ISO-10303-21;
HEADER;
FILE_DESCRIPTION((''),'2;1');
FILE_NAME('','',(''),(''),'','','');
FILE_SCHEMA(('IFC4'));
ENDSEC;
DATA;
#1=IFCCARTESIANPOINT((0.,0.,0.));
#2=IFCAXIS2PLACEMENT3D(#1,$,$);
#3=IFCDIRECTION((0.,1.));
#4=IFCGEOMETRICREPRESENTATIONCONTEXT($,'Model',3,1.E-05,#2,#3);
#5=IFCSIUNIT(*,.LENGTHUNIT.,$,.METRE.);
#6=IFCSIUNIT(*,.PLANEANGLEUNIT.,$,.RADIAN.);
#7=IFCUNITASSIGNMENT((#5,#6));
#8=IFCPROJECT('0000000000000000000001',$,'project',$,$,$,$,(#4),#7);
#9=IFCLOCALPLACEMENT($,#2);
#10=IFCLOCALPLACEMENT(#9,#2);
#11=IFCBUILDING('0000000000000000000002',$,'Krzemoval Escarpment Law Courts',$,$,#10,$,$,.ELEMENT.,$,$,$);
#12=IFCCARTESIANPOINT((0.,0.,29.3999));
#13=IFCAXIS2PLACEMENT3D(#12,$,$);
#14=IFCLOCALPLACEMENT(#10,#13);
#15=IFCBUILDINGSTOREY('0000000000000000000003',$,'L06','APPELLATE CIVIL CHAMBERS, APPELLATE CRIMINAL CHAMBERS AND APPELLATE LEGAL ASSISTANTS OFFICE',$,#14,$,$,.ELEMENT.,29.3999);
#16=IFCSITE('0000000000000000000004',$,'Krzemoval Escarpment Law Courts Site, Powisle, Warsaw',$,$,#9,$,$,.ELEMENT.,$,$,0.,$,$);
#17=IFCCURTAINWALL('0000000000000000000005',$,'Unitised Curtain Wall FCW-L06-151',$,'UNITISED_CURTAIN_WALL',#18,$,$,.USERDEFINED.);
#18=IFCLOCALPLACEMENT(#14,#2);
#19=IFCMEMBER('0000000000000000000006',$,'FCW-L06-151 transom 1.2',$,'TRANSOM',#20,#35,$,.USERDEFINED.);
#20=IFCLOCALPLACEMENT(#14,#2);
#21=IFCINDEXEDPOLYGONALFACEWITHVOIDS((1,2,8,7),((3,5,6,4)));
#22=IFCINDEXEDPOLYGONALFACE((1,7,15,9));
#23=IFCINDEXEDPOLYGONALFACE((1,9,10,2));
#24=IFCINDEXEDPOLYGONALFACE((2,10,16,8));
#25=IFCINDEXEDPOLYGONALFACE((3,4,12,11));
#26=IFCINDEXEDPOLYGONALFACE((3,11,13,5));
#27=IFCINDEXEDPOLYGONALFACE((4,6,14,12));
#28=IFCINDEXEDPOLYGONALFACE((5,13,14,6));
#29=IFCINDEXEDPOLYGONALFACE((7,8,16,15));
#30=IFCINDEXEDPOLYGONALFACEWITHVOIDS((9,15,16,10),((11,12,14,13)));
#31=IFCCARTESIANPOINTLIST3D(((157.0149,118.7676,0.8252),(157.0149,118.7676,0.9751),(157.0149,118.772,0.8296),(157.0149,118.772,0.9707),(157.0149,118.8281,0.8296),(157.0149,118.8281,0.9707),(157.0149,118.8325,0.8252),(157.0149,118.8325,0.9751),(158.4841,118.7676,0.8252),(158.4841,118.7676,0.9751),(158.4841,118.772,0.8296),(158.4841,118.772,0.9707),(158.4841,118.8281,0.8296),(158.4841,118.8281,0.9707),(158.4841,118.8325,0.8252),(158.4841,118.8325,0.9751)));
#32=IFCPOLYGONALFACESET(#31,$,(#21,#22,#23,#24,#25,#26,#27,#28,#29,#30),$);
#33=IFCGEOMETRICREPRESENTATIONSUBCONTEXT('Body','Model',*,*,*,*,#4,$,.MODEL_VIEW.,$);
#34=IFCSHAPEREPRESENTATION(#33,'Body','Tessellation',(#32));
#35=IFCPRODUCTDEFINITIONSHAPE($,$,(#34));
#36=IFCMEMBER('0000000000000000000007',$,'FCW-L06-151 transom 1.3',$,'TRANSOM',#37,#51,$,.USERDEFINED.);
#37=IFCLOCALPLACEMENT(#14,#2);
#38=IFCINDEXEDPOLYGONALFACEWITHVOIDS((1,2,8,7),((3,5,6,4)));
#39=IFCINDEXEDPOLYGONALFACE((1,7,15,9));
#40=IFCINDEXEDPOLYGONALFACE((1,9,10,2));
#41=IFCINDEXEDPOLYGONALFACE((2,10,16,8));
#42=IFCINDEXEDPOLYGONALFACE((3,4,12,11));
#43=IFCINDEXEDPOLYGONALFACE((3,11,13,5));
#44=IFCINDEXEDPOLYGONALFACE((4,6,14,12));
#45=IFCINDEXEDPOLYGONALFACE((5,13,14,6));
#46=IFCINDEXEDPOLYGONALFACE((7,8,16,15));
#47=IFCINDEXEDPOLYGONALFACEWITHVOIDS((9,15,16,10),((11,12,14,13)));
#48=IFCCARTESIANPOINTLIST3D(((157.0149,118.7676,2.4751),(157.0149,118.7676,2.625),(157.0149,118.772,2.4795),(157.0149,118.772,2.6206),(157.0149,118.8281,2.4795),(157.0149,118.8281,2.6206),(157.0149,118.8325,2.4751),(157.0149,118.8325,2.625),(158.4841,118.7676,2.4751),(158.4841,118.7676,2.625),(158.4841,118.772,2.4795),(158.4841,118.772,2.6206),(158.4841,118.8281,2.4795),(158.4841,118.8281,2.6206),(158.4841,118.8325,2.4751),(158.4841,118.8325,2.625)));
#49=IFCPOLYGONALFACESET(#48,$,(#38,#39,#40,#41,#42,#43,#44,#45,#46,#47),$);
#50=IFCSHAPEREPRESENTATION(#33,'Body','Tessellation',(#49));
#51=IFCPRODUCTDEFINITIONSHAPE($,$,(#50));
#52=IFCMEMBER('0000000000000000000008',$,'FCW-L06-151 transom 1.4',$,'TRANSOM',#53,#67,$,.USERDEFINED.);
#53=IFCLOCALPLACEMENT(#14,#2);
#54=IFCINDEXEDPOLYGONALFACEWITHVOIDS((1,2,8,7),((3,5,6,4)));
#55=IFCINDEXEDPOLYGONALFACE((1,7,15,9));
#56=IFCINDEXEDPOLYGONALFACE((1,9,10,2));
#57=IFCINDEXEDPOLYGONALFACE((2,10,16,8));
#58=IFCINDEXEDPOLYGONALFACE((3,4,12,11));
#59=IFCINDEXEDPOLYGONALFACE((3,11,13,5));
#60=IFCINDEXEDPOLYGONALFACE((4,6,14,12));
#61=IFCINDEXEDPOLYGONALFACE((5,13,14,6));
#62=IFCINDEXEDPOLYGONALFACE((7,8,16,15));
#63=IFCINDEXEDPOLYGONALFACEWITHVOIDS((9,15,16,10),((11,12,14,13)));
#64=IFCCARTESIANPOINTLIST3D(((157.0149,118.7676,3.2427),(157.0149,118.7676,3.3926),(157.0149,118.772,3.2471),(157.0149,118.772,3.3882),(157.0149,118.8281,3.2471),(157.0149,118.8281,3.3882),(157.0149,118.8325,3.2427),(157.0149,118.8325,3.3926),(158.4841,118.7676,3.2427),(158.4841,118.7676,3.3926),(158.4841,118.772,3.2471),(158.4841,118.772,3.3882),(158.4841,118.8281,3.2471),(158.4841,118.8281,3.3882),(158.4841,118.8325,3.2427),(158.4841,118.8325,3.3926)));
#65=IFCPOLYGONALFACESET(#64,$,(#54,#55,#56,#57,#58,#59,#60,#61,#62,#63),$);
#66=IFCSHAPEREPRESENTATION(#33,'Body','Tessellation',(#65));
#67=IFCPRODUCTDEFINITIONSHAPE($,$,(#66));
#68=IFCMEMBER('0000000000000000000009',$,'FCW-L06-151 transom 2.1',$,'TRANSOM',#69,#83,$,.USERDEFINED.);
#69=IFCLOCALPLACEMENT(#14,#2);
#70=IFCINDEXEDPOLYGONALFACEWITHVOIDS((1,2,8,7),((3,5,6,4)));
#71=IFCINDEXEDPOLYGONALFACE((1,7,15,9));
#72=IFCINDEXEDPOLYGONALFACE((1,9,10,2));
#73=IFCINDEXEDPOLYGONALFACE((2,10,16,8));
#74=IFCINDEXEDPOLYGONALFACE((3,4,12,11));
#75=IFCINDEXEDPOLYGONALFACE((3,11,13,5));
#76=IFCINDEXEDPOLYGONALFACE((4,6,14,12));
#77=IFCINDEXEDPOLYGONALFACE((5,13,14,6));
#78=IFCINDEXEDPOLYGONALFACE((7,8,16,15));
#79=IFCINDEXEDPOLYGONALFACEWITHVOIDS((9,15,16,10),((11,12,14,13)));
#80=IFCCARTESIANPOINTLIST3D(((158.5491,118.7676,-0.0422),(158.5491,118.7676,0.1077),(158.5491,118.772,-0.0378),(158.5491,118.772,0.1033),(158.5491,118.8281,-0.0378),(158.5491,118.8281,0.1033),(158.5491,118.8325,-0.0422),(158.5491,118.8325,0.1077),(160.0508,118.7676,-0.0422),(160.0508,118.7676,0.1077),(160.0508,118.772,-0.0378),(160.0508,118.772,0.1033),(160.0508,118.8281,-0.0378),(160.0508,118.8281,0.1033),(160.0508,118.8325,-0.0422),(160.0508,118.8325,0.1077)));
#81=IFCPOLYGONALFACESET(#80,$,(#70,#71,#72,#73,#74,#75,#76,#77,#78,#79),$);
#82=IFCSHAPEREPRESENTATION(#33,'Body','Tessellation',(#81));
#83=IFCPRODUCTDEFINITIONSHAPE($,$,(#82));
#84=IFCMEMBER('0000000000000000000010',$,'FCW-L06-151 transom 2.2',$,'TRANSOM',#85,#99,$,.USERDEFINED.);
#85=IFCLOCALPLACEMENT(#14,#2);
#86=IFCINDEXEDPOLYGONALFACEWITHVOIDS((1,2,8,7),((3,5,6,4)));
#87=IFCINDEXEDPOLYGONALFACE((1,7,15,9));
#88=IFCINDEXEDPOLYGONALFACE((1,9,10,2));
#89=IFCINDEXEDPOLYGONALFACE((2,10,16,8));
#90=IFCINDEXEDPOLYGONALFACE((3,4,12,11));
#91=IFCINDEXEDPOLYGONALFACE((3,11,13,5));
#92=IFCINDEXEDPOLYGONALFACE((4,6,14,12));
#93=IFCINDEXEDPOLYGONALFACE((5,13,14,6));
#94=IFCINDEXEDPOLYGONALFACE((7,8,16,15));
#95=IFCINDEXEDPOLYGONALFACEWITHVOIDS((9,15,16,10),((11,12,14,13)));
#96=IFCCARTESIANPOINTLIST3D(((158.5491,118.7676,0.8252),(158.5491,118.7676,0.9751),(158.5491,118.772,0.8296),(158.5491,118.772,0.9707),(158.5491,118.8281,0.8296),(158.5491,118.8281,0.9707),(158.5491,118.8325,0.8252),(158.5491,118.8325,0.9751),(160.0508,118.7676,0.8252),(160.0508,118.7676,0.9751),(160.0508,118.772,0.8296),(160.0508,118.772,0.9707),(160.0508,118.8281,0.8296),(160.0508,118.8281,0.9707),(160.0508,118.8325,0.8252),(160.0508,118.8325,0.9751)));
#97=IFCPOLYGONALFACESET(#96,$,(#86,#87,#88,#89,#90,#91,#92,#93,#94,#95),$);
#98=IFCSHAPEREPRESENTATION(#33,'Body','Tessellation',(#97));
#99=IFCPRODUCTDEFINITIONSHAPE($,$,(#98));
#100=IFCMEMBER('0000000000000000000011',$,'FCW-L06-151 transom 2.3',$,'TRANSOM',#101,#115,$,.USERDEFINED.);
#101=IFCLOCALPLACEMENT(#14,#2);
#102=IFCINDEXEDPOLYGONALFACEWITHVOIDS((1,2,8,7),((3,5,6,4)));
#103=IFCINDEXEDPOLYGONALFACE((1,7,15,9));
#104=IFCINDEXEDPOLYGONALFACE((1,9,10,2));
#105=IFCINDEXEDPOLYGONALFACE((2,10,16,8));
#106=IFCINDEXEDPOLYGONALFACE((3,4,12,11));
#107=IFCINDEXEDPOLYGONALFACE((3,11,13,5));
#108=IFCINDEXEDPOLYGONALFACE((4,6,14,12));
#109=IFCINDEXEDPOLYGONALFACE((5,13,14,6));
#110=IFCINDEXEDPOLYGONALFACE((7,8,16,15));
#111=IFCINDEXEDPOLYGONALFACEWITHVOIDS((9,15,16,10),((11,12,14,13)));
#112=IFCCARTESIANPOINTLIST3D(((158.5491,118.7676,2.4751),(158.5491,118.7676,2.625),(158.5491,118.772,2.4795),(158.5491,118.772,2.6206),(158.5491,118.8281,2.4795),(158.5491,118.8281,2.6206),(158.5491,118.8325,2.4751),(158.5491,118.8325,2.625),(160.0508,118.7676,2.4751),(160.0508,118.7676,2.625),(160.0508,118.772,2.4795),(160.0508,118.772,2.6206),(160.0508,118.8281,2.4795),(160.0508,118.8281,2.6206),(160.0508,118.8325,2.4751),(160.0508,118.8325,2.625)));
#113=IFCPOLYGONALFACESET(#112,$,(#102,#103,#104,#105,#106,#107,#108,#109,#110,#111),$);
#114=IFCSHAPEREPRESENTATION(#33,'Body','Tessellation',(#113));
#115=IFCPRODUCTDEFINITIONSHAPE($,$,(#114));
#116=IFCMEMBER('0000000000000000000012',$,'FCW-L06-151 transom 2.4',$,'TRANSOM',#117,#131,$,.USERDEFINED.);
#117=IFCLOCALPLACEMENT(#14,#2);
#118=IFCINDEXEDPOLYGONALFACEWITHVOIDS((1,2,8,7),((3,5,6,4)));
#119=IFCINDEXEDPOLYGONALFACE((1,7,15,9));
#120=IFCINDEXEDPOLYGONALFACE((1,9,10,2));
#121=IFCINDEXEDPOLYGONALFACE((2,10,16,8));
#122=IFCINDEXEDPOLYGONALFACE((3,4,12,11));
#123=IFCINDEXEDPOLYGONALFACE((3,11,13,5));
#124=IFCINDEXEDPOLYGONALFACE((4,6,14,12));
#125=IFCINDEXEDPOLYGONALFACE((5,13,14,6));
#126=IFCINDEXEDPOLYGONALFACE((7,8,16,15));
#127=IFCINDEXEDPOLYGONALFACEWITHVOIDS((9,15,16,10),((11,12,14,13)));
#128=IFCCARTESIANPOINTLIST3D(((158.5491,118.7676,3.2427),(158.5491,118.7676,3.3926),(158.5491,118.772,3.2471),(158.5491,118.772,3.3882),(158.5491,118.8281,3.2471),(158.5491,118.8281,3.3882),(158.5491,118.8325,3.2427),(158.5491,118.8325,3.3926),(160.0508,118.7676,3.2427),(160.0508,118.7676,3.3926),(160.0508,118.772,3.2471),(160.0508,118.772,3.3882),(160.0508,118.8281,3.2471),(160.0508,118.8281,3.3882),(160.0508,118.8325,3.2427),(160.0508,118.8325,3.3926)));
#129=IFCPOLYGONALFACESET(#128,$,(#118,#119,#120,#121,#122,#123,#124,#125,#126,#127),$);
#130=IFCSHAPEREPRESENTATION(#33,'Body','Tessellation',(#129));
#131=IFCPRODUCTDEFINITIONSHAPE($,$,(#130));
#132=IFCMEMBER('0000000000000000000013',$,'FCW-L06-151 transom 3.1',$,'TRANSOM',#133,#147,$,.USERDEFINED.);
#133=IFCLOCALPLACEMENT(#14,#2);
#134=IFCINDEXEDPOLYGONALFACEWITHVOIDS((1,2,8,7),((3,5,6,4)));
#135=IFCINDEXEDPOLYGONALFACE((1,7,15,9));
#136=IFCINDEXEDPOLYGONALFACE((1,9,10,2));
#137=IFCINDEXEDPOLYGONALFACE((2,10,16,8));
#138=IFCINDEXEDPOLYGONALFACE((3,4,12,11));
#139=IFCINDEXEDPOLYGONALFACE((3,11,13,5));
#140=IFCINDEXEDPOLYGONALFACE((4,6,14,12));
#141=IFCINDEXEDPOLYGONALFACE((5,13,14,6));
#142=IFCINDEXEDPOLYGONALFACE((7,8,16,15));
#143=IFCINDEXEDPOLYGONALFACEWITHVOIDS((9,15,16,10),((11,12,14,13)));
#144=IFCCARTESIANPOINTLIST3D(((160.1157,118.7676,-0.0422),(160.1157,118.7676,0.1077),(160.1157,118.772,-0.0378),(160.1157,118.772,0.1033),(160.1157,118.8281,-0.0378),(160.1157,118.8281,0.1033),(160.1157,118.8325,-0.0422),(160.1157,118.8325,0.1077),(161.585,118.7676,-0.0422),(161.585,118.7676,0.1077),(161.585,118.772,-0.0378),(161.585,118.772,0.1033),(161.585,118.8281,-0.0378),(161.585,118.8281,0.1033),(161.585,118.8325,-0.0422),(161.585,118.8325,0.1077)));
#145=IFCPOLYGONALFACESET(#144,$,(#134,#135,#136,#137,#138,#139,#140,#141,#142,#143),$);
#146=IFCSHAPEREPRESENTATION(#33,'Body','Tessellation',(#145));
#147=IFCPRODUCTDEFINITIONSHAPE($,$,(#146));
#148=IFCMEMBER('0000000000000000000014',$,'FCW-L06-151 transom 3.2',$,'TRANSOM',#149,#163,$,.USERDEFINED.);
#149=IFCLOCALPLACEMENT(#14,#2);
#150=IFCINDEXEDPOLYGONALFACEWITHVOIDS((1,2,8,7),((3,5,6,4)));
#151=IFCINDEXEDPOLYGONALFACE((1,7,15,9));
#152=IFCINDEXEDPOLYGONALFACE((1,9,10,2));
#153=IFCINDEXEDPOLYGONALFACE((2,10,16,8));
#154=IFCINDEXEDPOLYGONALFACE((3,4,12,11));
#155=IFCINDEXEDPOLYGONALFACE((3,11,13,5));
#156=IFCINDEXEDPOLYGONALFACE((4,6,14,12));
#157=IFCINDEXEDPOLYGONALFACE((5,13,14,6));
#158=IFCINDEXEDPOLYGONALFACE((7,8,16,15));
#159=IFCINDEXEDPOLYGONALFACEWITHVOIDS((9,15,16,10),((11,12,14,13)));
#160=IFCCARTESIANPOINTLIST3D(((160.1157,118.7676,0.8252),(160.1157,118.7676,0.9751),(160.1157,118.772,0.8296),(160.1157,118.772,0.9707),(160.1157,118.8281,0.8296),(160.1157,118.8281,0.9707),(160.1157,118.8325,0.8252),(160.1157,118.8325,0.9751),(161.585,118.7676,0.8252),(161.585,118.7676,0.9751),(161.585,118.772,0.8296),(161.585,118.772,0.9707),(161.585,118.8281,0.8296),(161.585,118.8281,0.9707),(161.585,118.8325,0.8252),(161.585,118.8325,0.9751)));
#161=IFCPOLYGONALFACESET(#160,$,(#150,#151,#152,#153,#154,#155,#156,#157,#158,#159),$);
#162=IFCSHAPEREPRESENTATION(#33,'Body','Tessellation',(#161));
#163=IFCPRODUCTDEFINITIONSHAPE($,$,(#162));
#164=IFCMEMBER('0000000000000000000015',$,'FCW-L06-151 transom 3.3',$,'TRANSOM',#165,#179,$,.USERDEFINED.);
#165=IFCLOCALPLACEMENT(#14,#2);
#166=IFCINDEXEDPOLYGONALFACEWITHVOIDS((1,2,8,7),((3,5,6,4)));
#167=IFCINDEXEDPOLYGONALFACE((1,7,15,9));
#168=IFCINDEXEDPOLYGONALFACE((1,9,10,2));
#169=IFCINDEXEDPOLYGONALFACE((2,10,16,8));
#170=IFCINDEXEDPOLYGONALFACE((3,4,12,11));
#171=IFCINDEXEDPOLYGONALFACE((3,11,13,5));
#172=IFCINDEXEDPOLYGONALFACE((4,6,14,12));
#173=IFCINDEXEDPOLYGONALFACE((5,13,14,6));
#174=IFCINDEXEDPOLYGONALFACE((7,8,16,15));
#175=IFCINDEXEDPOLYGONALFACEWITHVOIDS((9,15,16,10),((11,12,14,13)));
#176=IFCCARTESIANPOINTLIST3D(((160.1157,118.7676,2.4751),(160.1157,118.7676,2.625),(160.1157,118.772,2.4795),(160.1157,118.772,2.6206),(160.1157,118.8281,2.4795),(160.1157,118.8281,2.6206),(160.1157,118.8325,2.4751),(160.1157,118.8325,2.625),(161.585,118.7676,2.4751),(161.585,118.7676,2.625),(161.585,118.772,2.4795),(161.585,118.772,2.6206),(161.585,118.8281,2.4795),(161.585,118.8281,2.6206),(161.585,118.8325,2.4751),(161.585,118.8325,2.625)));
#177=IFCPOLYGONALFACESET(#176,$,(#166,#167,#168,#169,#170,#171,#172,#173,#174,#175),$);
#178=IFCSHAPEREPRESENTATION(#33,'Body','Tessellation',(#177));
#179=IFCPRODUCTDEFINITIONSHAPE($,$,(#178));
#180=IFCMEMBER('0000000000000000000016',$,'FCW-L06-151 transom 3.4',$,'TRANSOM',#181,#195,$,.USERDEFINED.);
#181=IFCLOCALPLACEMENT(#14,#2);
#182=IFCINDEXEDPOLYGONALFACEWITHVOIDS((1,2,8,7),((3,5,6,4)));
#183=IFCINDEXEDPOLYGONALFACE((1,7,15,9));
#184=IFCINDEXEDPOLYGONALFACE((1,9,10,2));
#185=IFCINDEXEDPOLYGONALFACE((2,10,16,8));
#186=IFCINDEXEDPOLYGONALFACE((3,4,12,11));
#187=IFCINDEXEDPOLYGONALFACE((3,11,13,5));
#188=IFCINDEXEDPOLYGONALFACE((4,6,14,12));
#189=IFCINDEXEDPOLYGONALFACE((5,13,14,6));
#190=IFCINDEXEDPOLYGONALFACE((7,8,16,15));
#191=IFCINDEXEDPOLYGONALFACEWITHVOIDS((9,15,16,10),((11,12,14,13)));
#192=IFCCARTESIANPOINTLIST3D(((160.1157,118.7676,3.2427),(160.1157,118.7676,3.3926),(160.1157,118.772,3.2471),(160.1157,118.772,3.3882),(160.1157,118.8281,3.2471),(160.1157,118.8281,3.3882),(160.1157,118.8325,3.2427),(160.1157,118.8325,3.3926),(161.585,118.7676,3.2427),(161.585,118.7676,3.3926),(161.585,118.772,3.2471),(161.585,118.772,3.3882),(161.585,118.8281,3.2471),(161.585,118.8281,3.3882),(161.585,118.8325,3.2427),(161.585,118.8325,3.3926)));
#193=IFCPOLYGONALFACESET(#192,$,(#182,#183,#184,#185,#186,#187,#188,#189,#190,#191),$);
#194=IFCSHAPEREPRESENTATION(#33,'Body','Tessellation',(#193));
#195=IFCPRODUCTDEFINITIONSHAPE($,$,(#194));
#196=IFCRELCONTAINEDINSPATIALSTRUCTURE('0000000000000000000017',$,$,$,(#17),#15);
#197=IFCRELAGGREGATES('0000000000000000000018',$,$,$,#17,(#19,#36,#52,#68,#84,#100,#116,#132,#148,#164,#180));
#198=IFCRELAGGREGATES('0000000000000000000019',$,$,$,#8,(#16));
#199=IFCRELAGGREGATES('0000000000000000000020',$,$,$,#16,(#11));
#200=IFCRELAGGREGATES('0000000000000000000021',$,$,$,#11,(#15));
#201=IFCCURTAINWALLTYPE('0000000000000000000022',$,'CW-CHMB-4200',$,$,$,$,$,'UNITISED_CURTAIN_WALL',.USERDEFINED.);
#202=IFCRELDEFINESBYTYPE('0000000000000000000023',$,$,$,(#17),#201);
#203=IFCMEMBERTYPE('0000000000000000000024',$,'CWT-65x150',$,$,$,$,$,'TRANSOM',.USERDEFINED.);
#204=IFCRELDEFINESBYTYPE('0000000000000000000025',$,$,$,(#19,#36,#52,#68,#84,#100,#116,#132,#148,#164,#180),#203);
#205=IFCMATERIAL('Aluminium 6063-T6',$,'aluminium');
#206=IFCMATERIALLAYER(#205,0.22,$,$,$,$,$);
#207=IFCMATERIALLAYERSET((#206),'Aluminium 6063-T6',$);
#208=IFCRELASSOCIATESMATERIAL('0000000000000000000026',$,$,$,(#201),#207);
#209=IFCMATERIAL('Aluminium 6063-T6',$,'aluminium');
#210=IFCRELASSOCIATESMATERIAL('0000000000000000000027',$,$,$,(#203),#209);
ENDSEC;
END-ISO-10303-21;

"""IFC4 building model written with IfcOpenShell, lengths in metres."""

from ifc_helpers import new_model, si_unit, direction, frame, origin, origin_2d, place, context, subcontext, project, spatial, hollow_rectangle, extrude, material, layer, layer_set, material_profile, profile_set, type_object, element, aggregate, save


model = new_model("IFC4")

# Units and contexts
model_context = context("Model", 3, precision=1e-05, world=origin(), true_north=direction((0.0, 1.0)))
body_context = subcontext(model_context, "Body", "Model", "MODEL_VIEW")
ifc_project = project(units=[si_unit("LENGTHUNIT", "METRE"), si_unit("PLANEANGLEUNIT", "RADIAN")], contexts=[model_context])

# Site, building, storey
site_placement = place(None, origin())
site = spatial("IfcSite", under=ifc_project, at=site_placement, Name="Krzemoval Escarpment Law Courts Site, Powisle, Warsaw", CompositionType="ELEMENT", RefElevation=0.0)
building_placement = place(site_placement, origin())
building = spatial("IfcBuilding", under=site, at=building_placement, Name="Krzemoval Escarpment Law Courts", CompositionType="ELEMENT")
storey_placement = place(building_placement, frame((0.0, 0.0, 29.3999)))
storey = spatial("IfcBuildingStorey", under=building, at=storey_placement, Name="L06", Description="APPELLATE CIVIL CHAMBERS, APPELLATE CRIMINAL CHAMBERS AND APPELLATE LEGAL ASSISTANTS OFFICE", CompositionType="ELEMENT", Elevation=29.3999)

# Shared definitions
ifc_material_1 = material(Name="Aluminium 6063-T6", Category="aluminium")
ifc_layer_1 = layer(ifc_material_1, 0.22)
ifc_layer_set_1 = layer_set([ifc_layer_1], Name="Aluminium 6063-T6")
curtain_wall_type = type_object("IfcCurtainWallType", Name="CW-CHMB-4200", ElementType="UNITISED_CURTAIN_WALL", PredefinedType="USERDEFINED", material=ifc_layer_set_1)

# Curtain wall
curtain_wall_1_placement = place(storey_placement, origin())
curtain_wall_1 = element("IfcCurtainWall", 1, at=curtain_wall_1_placement, inside=storey, type_object=curtain_wall_type, Name="Unitised Curtain Wall FCW-L06-151", ObjectType="UNITISED_CURTAIN_WALL", PredefinedType="USERDEFINED")

# Members
ifc_material_2 = material(Name="Aluminium 6063-T6", Category="aluminium")
ifc_material_profile_1 = material_profile(ifc_material_2, hollow_rectangle(XDim=0.0649, YDim=0.1499, WallThickness=0.0044, at=origin_2d()), Name="ALU T65x150")
ifc_profile_set_1 = profile_set([ifc_material_profile_1], Name="Aluminium 6063-T6")
member_type_1 = type_object("IfcMemberType", Name="CWT-65x150", ElementType="TRANSOM", PredefinedType="USERDEFINED", material=ifc_profile_set_1)
member_1_placement = place(storey_placement, frame((157.0149, 118.8, 0.9001), z_axis=(1.0, 0.0, 0.0), x_axis=(0.0, 1.0, 0.0)))
member_1 = element("IfcMember", 2, at=member_1_placement, type_object=member_type_1, Name="FCW-L06-151 transom 1.2", ObjectType="TRANSOM", PredefinedType="USERDEFINED", context=body_context, shape_type="SweptSolid", body=[
    extrude(hollow_rectangle(XDim=0.0649, YDim=0.1499, WallThickness=0.0044, at=origin_2d()), origin(), (0.0, 0.0, 1.0), 1.4692),
])
member_2_placement = place(storey_placement, frame((157.0149, 118.8, 2.55), z_axis=(1.0, 0.0, 0.0), x_axis=(0.0, 1.0, 0.0)))
member_2 = element("IfcMember", 3, at=member_2_placement, type_object=member_type_1, Name="FCW-L06-151 transom 1.3", ObjectType="TRANSOM", PredefinedType="USERDEFINED", context=body_context, shape_type="SweptSolid", body=[
    extrude(hollow_rectangle(XDim=0.0649, YDim=0.1499, WallThickness=0.0044, at=origin_2d()), origin(), (0.0, 0.0, 1.0), 1.4692),
])
member_3_placement = place(storey_placement, frame((157.0149, 118.8, 3.3176), z_axis=(1.0, 0.0, 0.0), x_axis=(0.0, 1.0, 0.0)))
member_3 = element("IfcMember", 4, at=member_3_placement, type_object=member_type_1, Name="FCW-L06-151 transom 1.4", ObjectType="TRANSOM", PredefinedType="USERDEFINED", context=body_context, shape_type="SweptSolid", body=[
    extrude(hollow_rectangle(XDim=0.0649, YDim=0.1499, WallThickness=0.0044, at=origin_2d()), origin(), (0.0, 0.0, 1.0), 1.4692),
])
member_4_placement = place(storey_placement, frame((158.5491, 118.8, 0.0327), z_axis=(1.0, 0.0, 0.0), x_axis=(0.0, 1.0, 0.0)))
member_4 = element("IfcMember", 5, at=member_4_placement, type_object=member_type_1, Name="FCW-L06-151 transom 2.1", ObjectType="TRANSOM", PredefinedType="USERDEFINED", context=body_context, shape_type="SweptSolid", body=[
    extrude(hollow_rectangle(XDim=0.0649, YDim=0.1499, WallThickness=0.0044, at=origin_2d()), origin(), (0.0, 0.0, 1.0), 1.5017),
])
member_5_placement = place(storey_placement, frame((158.5491, 118.8, 0.9001), z_axis=(1.0, 0.0, 0.0), x_axis=(0.0, 1.0, 0.0)))
member_5 = element("IfcMember", 6, at=member_5_placement, type_object=member_type_1, Name="FCW-L06-151 transom 2.2", ObjectType="TRANSOM", PredefinedType="USERDEFINED", context=body_context, shape_type="SweptSolid", body=[
    extrude(hollow_rectangle(XDim=0.0649, YDim=0.1499, WallThickness=0.0044, at=origin_2d()), origin(), (0.0, 0.0, 1.0), 1.5017),
])
member_6_placement = place(storey_placement, frame((158.5491, 118.8, 2.55), z_axis=(1.0, 0.0, 0.0), x_axis=(0.0, 1.0, 0.0)))
member_6 = element("IfcMember", 7, at=member_6_placement, type_object=member_type_1, Name="FCW-L06-151 transom 2.3", ObjectType="TRANSOM", PredefinedType="USERDEFINED", context=body_context, shape_type="SweptSolid", body=[
    extrude(hollow_rectangle(XDim=0.0649, YDim=0.1499, WallThickness=0.0044, at=origin_2d()), origin(), (0.0, 0.0, 1.0), 1.5017),
])
member_7_placement = place(storey_placement, frame((158.5491, 118.8, 3.3176), z_axis=(1.0, 0.0, 0.0), x_axis=(0.0, 1.0, 0.0)))
member_7 = element("IfcMember", 8, at=member_7_placement, type_object=member_type_1, Name="FCW-L06-151 transom 2.4", ObjectType="TRANSOM", PredefinedType="USERDEFINED", context=body_context, shape_type="SweptSolid", body=[
    extrude(hollow_rectangle(XDim=0.0649, YDim=0.1499, WallThickness=0.0044, at=origin_2d()), origin(), (0.0, 0.0, 1.0), 1.5017),
])
member_8_placement = place(storey_placement, frame((160.1157, 118.8, 0.0327), z_axis=(1.0, 0.0, 0.0), x_axis=(0.0, 1.0, 0.0)))
member_8 = element("IfcMember", 9, at=member_8_placement, type_object=member_type_1, Name="FCW-L06-151 transom 3.1", ObjectType="TRANSOM", PredefinedType="USERDEFINED", context=body_context, shape_type="SweptSolid", body=[
    extrude(hollow_rectangle(XDim=0.0649, YDim=0.1499, WallThickness=0.0044, at=origin_2d()), origin(), (0.0, 0.0, 1.0), 1.4692),
])
member_9_placement = place(storey_placement, frame((160.1157, 118.8, 0.9001), z_axis=(1.0, 0.0, 0.0), x_axis=(0.0, 1.0, 0.0)))
member_9 = element("IfcMember", 10, at=member_9_placement, type_object=member_type_1, Name="FCW-L06-151 transom 3.2", ObjectType="TRANSOM", PredefinedType="USERDEFINED", context=body_context, shape_type="SweptSolid", body=[
    extrude(hollow_rectangle(XDim=0.0649, YDim=0.1499, WallThickness=0.0044, at=origin_2d()), origin(), (0.0, 0.0, 1.0), 1.4692),
])
member_10_placement = place(storey_placement, frame((160.1157, 118.8, 2.55), z_axis=(1.0, 0.0, 0.0), x_axis=(0.0, 1.0, 0.0)))
member_10 = element("IfcMember", 11, at=member_10_placement, type_object=member_type_1, Name="FCW-L06-151 transom 3.3", ObjectType="TRANSOM", PredefinedType="USERDEFINED", context=body_context, shape_type="SweptSolid", body=[
    extrude(hollow_rectangle(XDim=0.0649, YDim=0.1499, WallThickness=0.0044, at=origin_2d()), origin(), (0.0, 0.0, 1.0), 1.4692),
])
member_11_placement = place(storey_placement, frame((160.1157, 118.8, 3.3176), z_axis=(1.0, 0.0, 0.0), x_axis=(0.0, 1.0, 0.0)))
member_11 = element("IfcMember", 12, at=member_11_placement, type_object=member_type_1, Name="FCW-L06-151 transom 3.4", ObjectType="TRANSOM", PredefinedType="USERDEFINED", context=body_context, shape_type="SweptSolid", body=[
    extrude(hollow_rectangle(XDim=0.0649, YDim=0.1499, WallThickness=0.0044, at=origin_2d()), origin(), (0.0, 0.0, 1.0), 1.4692),
])

aggregate(curtain_wall_1, [member_1, member_2, member_3, member_4, member_5, member_6, member_7, member_8, member_9, member_10, member_11])

save(model, "model.ifc")
